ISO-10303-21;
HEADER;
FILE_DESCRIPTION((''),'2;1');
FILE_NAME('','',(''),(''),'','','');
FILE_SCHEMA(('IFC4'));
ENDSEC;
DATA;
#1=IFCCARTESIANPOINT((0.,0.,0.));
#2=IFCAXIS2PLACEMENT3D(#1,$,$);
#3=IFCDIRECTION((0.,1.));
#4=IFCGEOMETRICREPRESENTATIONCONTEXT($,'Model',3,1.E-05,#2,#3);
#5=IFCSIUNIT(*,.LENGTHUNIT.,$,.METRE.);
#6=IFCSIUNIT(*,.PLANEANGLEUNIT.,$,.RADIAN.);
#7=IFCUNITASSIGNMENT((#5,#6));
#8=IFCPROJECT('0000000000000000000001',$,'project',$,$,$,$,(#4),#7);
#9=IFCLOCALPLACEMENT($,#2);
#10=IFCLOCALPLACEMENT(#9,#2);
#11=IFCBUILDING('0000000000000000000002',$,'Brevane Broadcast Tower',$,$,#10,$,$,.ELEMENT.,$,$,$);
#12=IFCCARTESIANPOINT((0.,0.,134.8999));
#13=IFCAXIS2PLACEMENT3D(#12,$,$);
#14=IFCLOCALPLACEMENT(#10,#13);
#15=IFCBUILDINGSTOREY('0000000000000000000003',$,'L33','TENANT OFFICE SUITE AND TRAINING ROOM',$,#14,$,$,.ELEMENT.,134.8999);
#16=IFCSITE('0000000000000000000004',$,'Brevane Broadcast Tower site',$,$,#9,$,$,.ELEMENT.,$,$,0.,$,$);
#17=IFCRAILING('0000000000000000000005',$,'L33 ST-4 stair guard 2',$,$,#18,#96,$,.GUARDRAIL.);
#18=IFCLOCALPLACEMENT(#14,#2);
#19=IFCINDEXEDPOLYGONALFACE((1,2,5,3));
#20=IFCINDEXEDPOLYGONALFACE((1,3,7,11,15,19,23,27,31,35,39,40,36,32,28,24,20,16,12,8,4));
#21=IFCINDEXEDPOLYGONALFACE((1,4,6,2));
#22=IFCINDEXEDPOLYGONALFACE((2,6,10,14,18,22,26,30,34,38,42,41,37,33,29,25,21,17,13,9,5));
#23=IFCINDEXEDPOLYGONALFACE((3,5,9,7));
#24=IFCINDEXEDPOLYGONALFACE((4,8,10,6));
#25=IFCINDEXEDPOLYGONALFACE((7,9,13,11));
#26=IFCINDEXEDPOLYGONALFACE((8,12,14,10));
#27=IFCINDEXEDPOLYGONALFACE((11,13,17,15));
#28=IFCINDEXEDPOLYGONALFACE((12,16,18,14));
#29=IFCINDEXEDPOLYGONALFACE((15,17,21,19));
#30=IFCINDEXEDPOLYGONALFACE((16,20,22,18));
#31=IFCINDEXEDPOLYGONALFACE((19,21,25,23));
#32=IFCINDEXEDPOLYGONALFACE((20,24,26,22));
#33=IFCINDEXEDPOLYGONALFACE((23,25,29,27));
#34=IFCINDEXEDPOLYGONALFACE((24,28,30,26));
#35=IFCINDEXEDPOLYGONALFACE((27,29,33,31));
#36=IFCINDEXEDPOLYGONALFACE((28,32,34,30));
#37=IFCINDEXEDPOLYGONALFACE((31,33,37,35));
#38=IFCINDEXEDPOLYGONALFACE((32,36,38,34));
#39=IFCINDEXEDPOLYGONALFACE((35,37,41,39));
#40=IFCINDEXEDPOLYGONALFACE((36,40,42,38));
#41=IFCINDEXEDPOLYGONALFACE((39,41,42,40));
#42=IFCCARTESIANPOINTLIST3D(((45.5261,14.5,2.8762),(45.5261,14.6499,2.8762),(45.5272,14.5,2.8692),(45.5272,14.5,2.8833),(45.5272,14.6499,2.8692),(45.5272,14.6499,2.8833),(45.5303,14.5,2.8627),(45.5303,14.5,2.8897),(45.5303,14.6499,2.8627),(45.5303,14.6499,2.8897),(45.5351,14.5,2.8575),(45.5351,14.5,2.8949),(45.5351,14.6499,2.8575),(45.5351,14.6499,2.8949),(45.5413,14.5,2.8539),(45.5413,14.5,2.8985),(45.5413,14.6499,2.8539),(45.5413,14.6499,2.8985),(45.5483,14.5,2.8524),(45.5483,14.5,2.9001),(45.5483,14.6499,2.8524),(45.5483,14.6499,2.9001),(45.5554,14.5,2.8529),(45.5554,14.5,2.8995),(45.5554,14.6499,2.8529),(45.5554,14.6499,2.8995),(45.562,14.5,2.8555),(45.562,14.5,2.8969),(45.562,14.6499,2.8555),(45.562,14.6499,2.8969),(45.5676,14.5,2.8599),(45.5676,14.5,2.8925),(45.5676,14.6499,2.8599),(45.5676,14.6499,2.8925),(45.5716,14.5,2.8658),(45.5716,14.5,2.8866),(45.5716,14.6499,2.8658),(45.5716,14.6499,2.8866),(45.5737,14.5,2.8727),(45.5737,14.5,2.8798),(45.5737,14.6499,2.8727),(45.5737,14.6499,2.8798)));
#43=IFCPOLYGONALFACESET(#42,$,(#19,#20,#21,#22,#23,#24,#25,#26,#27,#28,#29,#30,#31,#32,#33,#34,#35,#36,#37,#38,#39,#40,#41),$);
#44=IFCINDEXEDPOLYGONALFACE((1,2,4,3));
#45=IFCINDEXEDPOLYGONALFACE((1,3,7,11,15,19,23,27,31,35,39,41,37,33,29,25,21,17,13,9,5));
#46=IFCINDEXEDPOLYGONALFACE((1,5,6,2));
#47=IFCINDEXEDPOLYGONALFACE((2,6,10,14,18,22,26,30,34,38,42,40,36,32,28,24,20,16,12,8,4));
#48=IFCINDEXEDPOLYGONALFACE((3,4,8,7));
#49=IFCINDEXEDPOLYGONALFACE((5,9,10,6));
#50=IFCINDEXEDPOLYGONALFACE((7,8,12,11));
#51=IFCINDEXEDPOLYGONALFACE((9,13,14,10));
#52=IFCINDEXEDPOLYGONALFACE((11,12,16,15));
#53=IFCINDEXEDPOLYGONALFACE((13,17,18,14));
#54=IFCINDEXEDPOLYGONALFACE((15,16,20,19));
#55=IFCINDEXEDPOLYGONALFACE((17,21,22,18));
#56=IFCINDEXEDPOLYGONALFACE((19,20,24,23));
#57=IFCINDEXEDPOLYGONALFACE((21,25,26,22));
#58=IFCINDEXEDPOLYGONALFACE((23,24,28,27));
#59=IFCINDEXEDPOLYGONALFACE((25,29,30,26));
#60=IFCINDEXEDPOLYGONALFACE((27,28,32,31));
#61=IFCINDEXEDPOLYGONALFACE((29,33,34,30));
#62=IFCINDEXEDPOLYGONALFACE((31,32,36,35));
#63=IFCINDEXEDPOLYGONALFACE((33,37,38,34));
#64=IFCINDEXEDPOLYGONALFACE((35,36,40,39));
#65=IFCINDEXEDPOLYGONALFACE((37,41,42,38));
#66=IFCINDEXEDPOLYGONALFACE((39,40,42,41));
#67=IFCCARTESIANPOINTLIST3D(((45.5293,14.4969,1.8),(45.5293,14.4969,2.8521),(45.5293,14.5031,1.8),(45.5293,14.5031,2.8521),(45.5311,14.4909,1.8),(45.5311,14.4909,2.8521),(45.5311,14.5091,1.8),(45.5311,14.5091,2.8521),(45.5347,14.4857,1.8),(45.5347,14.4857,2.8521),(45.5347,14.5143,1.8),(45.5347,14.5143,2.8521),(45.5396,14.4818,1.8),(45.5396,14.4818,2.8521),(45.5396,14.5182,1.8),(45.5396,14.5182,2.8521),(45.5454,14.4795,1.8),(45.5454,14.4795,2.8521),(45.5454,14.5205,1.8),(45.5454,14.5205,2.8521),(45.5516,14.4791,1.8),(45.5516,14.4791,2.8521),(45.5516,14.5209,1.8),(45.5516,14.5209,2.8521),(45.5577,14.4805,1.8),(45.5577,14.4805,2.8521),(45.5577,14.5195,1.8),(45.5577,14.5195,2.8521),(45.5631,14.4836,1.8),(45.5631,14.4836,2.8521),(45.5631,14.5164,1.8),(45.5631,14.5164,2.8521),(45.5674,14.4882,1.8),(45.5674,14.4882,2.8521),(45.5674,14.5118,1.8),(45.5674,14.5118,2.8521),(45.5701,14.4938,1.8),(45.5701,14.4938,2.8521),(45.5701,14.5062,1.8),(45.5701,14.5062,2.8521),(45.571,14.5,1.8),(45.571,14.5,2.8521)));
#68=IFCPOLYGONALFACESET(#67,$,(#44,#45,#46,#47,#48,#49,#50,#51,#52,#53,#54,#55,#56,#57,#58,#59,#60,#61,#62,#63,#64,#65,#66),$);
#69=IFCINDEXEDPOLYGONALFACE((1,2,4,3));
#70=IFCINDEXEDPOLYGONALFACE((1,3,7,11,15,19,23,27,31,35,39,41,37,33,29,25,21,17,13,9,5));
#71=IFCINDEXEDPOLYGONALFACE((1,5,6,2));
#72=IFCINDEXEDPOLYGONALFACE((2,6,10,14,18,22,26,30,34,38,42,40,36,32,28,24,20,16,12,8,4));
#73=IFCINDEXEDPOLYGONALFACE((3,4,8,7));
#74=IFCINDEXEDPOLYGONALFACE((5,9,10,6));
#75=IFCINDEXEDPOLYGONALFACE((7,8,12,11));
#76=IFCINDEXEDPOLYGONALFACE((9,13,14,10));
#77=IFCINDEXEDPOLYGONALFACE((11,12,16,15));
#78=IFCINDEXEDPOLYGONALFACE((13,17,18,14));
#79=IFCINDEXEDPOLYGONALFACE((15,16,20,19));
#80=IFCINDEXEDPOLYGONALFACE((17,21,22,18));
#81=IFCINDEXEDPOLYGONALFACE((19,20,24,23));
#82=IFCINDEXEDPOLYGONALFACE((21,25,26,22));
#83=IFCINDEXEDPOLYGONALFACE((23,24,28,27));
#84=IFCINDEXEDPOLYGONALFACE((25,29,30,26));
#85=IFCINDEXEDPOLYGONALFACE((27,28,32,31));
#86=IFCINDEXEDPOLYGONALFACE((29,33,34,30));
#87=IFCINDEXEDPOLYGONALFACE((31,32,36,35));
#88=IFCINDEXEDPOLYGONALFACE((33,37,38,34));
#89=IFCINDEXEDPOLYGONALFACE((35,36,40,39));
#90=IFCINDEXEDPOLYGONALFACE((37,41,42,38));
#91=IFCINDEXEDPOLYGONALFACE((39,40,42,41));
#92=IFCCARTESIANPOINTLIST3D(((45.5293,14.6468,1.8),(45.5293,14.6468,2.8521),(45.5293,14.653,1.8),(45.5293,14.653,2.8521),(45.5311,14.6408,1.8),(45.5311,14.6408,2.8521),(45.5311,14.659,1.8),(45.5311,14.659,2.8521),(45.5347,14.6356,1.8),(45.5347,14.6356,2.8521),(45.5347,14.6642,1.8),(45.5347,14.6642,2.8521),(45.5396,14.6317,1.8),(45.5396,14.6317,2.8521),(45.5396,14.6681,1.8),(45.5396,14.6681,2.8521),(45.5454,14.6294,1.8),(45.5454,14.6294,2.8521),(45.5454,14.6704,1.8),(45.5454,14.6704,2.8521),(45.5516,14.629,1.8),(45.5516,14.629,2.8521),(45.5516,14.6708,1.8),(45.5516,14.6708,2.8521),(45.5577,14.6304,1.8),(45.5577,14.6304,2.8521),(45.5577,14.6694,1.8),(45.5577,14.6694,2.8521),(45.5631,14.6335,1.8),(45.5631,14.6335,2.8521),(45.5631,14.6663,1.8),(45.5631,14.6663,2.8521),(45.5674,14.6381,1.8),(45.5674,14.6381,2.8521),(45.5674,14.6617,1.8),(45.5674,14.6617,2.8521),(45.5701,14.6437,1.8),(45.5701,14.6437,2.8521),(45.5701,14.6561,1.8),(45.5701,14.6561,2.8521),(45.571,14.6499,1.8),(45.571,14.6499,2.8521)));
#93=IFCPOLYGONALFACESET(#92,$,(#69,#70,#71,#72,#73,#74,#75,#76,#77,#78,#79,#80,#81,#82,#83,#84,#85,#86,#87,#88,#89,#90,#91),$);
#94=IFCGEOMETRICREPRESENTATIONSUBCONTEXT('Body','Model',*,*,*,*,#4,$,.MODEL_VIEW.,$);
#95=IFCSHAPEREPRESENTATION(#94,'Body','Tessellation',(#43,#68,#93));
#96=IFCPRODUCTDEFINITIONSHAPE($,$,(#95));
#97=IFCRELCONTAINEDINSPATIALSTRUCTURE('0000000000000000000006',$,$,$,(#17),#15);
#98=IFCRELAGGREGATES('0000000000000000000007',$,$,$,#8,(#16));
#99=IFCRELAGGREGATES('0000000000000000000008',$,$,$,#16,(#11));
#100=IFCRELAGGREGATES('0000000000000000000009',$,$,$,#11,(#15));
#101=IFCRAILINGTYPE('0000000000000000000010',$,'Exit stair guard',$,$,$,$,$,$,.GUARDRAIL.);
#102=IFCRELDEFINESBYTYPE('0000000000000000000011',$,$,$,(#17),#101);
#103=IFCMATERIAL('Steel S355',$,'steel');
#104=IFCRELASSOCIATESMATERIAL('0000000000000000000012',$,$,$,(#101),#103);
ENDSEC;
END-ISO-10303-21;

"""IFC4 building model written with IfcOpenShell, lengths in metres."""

from ifc_helpers import new_model, si_unit, direction, frame, origin, origin_2d, place, context, subcontext, project, spatial, circle, extrude, material, type_object, element, save


model = new_model("IFC4")

# Units and contexts
model_context = context("Model", 3, precision=1e-05, world=origin(), true_north=direction((0.0, 1.0)))
body_context = subcontext(model_context, "Body", "Model", "MODEL_VIEW")
ifc_project = project(units=[si_unit("LENGTHUNIT", "METRE"), si_unit("PLANEANGLEUNIT", "RADIAN")], contexts=[model_context])

# Site, building, storey
site_placement = place(None, origin())
site = spatial("IfcSite", under=ifc_project, at=site_placement, Name="Brevane Broadcast Tower site", CompositionType="ELEMENT", RefElevation=0.0)
building_placement = place(site_placement, origin())
building = spatial("IfcBuilding", under=site, at=building_placement, Name="Brevane Broadcast Tower", CompositionType="ELEMENT")
storey_placement = place(building_placement, frame((0.0, 0.0, 134.8999)))
storey = spatial("IfcBuildingStorey", under=building, at=storey_placement, Name="L33", Description="TENANT OFFICE SUITE AND TRAINING ROOM", CompositionType="ELEMENT", Elevation=134.8999)

# Railing
ifc_material_1 = material(Name="Steel S355", Category="steel")
railing_type_1 = type_object("IfcRailingType", Name="Exit stair guard", PredefinedType="GUARDRAIL", material=ifc_material_1)
railing_1_placement = place(storey_placement, frame((45.55, 14.5, 1.8)))
element("IfcRailing", 1, at=railing_1_placement, inside=storey, type_object=railing_type_1, Name="L33 ST-4 stair guard 2", PredefinedType="GUARDRAIL", context=body_context, shape_type="SweptSolid", body=[
    extrude(circle(Radius=0.0239, at=origin_2d()), frame((0.0, 0.0, 1.0762), z_axis=(0.0, 1.0, 0.0), x_axis=(-1.0, 0.0, 0.0)), (0.0, 0.0, 1.0), 0.1499),
    extrude(circle(Radius=0.021, at=origin_2d()), origin(), (0.0, 0.0, 1.0), 1.052),
    extrude(circle(Radius=0.021, at=origin_2d()), frame((0.0, 0.1499, 0.0)), (0.0, 0.0, 1.0), 1.052),
])

save(model, "model.ifc")
